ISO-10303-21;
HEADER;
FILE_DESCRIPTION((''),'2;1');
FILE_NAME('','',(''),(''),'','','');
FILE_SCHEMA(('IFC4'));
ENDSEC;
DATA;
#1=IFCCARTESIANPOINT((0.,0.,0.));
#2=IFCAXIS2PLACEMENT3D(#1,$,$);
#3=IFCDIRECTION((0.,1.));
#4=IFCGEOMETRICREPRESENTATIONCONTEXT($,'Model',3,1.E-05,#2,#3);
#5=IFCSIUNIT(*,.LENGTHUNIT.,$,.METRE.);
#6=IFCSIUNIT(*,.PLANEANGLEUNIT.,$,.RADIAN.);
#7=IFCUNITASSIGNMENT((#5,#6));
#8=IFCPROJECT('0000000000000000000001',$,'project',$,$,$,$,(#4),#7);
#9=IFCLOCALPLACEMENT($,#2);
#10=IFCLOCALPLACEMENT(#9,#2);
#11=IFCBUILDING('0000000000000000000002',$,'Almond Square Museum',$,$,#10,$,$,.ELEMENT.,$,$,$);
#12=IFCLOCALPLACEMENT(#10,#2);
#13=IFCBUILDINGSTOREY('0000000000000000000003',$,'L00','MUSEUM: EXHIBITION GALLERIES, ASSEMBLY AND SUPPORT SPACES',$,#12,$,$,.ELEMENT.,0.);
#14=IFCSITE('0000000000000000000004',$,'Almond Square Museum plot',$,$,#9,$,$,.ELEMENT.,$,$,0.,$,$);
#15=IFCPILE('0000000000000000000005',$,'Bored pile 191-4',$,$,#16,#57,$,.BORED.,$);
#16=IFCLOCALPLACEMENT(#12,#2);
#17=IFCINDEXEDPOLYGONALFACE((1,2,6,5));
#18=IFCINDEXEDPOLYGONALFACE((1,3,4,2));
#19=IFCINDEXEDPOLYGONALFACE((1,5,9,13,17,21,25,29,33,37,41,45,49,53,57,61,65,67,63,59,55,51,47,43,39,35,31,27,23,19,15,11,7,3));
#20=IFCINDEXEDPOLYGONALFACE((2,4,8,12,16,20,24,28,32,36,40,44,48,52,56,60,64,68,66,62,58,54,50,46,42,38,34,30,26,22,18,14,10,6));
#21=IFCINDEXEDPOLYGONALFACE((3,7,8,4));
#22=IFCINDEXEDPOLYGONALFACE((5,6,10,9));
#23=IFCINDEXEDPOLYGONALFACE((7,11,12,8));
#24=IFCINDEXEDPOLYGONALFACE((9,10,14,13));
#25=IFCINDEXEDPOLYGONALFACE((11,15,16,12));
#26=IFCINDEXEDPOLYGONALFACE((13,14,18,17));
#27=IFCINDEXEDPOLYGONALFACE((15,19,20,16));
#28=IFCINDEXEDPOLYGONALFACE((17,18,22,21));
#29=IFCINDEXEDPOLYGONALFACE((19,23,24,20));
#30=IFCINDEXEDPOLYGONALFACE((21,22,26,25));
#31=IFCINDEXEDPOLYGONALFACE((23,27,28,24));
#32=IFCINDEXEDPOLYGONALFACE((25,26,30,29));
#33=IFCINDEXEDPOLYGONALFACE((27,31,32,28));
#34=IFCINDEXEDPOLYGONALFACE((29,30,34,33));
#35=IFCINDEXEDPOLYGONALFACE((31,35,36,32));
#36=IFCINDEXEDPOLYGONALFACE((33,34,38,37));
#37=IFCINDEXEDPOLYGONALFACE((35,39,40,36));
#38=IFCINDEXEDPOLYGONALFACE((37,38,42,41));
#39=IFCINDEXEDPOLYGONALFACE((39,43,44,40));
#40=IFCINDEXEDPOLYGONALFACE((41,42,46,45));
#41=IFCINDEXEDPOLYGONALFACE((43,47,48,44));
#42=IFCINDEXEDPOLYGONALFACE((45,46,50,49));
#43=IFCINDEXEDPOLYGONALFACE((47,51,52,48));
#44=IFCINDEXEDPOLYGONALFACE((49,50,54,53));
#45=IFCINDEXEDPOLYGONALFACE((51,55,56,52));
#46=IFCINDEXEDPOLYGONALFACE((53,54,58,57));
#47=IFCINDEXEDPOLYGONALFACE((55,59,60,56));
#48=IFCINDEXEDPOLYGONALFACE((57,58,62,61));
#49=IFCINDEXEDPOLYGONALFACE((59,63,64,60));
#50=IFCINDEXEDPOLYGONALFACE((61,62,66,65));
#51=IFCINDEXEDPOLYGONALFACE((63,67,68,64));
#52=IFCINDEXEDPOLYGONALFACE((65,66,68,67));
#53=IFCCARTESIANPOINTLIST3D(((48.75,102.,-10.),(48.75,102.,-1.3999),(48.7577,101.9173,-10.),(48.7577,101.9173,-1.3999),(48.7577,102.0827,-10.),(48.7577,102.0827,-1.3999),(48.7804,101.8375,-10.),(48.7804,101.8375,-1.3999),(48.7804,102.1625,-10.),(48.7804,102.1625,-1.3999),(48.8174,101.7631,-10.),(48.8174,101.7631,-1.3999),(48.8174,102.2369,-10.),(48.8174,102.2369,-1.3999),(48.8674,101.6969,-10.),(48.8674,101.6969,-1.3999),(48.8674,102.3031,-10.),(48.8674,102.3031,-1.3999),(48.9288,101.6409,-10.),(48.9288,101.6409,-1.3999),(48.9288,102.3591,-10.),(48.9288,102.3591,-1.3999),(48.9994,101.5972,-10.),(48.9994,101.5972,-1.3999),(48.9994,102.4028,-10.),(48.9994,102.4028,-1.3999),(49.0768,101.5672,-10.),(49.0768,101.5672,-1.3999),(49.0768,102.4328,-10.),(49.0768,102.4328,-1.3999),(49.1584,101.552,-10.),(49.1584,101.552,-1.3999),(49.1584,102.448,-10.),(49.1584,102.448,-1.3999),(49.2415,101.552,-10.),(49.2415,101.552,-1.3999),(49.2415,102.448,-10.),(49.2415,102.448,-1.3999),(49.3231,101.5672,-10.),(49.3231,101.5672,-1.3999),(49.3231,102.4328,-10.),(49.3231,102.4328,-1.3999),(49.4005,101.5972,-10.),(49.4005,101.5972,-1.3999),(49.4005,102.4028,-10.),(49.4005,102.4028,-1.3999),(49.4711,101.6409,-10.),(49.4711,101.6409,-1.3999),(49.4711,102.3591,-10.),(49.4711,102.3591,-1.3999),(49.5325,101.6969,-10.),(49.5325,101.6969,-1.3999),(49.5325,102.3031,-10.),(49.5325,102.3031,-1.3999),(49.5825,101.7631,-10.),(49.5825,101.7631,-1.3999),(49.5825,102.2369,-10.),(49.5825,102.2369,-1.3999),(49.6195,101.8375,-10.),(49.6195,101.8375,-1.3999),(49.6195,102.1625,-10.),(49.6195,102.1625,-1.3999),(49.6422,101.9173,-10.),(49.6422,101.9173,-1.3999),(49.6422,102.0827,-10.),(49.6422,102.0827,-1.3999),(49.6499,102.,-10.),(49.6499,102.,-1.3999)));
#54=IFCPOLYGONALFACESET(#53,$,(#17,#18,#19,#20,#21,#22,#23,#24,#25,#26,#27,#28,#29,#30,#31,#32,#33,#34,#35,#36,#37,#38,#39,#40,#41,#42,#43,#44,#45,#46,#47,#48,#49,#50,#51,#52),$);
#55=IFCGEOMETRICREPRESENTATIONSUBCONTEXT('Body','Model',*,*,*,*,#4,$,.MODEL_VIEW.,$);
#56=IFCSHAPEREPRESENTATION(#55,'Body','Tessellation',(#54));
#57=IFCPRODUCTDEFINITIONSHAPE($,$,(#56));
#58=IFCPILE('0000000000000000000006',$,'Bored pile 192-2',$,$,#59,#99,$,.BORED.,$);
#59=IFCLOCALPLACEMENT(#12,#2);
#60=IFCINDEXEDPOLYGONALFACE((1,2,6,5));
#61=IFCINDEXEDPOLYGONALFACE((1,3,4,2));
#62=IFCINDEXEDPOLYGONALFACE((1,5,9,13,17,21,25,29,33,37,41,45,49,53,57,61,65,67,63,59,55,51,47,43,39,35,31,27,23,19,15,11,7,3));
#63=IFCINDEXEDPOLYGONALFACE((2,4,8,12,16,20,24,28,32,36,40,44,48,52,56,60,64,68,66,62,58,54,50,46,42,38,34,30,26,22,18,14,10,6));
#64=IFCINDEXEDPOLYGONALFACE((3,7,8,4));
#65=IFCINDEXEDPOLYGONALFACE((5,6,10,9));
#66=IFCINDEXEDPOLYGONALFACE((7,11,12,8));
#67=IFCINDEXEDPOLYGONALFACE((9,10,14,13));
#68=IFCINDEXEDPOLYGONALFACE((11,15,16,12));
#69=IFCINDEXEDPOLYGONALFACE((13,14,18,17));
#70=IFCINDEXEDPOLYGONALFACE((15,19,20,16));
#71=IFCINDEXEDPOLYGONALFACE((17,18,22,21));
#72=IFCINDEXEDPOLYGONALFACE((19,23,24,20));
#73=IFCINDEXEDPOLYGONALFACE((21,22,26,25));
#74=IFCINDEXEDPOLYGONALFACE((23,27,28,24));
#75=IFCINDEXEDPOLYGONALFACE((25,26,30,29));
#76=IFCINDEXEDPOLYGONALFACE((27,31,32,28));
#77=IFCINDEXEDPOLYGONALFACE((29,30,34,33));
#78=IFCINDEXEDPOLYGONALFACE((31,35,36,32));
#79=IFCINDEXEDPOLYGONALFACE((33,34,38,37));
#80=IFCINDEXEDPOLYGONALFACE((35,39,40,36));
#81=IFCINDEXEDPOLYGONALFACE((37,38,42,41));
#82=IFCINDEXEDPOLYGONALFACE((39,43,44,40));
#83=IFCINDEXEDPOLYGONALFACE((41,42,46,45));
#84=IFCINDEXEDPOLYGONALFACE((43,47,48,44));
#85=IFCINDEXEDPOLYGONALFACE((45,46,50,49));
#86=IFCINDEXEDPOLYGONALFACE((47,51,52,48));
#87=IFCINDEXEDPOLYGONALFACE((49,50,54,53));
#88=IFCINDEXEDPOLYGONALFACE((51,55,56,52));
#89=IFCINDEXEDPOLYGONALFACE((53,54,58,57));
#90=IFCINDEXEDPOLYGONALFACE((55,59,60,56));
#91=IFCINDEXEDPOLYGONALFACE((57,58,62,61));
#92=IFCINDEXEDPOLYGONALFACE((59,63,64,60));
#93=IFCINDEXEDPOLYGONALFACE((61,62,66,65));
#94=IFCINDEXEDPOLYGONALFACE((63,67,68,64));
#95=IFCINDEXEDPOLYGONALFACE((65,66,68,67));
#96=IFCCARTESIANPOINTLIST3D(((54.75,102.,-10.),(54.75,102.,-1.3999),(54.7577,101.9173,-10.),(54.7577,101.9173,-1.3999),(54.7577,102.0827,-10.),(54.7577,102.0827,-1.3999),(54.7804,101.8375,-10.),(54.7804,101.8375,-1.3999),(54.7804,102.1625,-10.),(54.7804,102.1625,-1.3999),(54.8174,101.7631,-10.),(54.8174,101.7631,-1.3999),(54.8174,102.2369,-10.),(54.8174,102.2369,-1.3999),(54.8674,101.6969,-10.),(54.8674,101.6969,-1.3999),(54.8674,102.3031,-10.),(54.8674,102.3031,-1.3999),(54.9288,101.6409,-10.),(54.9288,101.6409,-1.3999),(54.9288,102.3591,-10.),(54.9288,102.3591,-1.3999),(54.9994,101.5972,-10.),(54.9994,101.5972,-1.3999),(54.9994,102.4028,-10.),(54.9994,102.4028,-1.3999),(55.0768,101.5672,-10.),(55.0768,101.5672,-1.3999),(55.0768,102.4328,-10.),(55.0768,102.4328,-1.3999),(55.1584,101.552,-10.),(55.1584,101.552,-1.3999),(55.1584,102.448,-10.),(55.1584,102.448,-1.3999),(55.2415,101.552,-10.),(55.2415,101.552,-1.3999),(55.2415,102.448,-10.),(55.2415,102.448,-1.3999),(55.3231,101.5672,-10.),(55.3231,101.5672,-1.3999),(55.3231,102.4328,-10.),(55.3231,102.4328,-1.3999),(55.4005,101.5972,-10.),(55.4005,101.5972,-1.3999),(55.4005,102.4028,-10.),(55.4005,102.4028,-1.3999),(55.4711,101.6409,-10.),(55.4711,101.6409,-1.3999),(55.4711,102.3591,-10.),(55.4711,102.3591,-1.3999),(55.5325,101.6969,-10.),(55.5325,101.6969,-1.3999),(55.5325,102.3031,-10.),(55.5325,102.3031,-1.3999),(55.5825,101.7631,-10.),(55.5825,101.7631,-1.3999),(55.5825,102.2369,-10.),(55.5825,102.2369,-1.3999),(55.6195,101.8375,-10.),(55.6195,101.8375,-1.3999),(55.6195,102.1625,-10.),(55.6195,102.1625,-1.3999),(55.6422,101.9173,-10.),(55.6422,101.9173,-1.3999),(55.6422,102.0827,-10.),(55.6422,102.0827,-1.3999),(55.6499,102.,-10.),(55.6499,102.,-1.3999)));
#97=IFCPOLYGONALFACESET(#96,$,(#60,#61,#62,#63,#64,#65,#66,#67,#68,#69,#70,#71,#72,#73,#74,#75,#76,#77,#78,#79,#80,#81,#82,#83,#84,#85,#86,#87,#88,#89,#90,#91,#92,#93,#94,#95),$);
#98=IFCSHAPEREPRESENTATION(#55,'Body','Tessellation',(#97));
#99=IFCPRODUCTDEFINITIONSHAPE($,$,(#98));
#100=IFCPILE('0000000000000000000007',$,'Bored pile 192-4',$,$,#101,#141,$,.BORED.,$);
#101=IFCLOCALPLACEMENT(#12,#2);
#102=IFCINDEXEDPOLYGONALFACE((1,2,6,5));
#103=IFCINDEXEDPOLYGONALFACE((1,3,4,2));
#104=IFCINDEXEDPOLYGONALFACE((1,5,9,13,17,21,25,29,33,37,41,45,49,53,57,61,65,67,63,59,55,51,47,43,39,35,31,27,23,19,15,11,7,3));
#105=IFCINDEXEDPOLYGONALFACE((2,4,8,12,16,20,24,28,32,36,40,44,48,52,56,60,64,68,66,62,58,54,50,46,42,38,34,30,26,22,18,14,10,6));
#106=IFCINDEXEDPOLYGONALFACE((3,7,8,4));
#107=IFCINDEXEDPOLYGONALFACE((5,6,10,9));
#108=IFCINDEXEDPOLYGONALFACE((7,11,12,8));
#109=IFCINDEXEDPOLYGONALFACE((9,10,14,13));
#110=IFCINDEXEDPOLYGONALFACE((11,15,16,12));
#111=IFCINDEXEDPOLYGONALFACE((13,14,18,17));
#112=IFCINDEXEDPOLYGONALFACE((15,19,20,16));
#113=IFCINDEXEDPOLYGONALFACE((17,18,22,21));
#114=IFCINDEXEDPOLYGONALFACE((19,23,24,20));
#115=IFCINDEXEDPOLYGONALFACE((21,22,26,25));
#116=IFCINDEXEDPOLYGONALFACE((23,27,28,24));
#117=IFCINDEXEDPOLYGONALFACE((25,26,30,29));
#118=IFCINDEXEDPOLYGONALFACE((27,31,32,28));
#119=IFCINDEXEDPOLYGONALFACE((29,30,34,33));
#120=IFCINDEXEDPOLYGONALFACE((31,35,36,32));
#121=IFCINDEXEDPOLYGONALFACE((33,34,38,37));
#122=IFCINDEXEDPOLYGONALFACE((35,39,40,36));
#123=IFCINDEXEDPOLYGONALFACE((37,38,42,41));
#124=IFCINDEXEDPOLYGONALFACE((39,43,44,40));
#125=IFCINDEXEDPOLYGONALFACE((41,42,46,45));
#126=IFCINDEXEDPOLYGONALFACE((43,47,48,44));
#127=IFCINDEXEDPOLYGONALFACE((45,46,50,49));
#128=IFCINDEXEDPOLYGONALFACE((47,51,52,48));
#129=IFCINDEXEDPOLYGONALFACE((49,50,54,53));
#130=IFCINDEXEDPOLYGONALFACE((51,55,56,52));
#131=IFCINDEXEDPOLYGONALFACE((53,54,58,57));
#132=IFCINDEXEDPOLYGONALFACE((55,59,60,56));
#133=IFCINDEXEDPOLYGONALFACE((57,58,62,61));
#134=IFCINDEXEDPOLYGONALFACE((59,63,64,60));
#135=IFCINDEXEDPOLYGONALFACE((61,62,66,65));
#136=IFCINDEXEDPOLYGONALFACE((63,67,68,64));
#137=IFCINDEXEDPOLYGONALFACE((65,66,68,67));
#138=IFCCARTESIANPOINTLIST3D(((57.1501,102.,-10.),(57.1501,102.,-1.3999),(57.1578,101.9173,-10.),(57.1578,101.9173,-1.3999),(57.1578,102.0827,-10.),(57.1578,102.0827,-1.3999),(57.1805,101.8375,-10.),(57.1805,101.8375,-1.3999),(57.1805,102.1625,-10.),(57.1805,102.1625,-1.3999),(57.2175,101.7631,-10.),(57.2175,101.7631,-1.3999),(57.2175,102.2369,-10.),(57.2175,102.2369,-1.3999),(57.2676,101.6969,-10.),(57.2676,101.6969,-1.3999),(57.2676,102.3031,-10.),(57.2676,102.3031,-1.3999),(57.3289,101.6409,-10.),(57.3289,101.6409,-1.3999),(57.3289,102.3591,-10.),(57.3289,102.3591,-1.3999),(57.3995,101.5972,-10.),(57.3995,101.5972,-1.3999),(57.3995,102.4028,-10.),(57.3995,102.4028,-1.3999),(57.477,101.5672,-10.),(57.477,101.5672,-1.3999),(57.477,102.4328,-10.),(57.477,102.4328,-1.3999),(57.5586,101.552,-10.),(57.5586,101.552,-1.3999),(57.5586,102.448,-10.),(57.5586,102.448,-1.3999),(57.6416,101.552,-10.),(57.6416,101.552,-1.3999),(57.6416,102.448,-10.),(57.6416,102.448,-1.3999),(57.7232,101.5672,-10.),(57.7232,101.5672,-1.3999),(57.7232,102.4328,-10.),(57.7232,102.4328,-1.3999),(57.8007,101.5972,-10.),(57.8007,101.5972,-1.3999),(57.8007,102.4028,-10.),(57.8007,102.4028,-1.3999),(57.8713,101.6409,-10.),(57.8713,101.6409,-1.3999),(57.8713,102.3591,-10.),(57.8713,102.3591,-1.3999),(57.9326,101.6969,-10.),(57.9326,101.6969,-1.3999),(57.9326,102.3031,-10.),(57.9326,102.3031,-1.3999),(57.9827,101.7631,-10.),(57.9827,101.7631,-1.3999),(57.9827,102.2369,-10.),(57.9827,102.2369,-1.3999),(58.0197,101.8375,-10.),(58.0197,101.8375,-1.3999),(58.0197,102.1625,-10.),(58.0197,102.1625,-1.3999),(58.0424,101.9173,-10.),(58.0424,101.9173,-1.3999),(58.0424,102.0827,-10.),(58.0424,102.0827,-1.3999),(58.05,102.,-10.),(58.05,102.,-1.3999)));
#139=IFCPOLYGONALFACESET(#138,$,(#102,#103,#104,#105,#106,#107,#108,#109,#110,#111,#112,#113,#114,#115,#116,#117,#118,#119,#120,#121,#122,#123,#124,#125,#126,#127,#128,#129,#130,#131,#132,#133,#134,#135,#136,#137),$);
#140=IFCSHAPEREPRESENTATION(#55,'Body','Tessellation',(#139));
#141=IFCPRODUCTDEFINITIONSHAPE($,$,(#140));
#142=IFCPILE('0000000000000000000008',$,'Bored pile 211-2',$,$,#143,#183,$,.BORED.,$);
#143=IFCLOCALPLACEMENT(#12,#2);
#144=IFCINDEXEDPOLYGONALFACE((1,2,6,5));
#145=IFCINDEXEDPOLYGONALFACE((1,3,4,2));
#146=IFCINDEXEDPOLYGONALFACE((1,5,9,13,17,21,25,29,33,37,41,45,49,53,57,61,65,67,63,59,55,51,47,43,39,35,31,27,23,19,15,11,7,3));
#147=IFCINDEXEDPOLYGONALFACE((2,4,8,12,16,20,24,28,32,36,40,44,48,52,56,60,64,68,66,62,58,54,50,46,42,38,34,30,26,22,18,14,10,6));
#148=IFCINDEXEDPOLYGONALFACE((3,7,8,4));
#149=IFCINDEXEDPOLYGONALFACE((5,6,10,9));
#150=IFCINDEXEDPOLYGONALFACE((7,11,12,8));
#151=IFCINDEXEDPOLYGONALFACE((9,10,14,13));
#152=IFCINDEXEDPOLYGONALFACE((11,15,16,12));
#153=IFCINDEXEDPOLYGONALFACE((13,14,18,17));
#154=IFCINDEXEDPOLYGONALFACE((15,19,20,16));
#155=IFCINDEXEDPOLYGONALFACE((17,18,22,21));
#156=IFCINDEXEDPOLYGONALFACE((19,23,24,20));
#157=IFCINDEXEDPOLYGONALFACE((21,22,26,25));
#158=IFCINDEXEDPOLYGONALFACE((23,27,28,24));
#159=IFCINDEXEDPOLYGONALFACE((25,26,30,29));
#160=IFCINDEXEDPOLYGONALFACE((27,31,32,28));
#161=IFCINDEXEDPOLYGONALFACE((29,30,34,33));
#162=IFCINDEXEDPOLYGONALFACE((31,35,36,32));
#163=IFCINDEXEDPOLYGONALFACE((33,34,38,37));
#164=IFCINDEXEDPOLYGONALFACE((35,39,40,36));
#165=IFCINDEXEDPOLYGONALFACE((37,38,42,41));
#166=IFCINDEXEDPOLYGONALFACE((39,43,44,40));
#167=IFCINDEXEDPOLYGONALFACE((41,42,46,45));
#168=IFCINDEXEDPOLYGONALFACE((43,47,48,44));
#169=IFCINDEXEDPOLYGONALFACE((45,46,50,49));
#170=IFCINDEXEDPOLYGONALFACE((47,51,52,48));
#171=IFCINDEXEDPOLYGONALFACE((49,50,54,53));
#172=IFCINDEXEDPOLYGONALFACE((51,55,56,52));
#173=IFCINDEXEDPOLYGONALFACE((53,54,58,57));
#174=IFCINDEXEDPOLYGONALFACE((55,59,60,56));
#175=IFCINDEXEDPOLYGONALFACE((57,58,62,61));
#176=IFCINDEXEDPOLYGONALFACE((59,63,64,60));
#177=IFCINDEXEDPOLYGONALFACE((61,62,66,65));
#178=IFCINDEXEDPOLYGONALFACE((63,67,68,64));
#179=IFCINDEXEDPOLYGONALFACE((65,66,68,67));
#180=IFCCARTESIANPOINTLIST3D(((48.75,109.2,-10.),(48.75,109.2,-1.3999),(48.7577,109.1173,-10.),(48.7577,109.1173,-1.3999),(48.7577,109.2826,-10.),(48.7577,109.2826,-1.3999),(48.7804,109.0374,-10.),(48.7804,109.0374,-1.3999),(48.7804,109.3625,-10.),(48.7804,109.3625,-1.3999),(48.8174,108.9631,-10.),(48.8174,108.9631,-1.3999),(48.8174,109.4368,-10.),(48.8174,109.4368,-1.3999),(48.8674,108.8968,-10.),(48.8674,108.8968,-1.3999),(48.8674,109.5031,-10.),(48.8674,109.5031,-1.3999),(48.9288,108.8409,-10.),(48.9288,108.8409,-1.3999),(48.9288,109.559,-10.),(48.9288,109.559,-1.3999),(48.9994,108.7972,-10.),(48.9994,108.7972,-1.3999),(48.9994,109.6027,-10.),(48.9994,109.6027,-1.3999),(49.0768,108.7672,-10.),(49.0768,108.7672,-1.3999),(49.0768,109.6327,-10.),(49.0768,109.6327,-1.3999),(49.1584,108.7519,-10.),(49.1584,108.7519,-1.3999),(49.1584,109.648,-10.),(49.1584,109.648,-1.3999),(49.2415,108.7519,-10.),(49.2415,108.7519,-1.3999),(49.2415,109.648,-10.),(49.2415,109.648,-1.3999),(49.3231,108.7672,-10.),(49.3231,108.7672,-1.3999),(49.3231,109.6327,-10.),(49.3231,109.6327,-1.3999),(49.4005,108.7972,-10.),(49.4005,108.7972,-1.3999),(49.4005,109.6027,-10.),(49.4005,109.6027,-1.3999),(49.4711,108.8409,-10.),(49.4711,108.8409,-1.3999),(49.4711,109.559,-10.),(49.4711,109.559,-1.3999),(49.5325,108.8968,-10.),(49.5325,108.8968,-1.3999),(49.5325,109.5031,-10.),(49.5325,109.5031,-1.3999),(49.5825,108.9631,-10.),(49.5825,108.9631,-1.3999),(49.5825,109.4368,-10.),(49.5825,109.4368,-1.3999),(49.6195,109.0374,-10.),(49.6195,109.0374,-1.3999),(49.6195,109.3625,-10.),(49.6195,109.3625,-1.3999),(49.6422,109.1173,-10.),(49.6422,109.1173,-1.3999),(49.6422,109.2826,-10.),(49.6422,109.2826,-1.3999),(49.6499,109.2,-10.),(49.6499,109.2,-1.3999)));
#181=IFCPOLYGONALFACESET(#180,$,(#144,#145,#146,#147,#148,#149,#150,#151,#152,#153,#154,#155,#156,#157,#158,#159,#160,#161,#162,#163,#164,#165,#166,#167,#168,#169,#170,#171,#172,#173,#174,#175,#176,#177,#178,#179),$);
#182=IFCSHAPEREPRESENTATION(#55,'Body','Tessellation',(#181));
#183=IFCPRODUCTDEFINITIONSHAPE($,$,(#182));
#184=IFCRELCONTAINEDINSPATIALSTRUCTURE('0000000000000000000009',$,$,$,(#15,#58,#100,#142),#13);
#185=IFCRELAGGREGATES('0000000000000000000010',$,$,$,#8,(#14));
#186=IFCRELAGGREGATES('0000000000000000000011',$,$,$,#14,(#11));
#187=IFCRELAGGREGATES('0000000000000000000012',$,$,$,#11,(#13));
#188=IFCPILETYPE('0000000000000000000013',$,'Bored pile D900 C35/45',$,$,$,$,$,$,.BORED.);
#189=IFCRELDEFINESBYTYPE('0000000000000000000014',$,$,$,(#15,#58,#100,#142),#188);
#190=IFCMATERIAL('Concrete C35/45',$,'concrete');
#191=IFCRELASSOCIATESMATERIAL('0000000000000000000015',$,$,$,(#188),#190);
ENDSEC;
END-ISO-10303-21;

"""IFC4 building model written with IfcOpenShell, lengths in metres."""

from ifc_helpers import new_model, si_unit, direction, frame, origin, origin_2d, place, context, subcontext, project, spatial, circle, extrude, material, material_profile, profile_set, type_object, element, save


model = new_model("IFC4")

# Units and contexts
model_context = context("Model", 3, precision=1e-05, world=origin(), true_north=direction((0.0, 1.0)))
body_context = subcontext(model_context, "Body", "Model", "MODEL_VIEW")
ifc_project = project(units=[si_unit("LENGTHUNIT", "METRE"), si_unit("PLANEANGLEUNIT", "RADIAN")], contexts=[model_context])

# Site, building, storey
site_placement = place(None, origin())
site = spatial("IfcSite", under=ifc_project, at=site_placement, Name="Almond Square Museum plot", CompositionType="ELEMENT", RefElevation=0.0)
building_placement = place(site_placement, origin())
building = spatial("IfcBuilding", under=site, at=building_placement, Name="Almond Square Museum", CompositionType="ELEMENT")
storey_placement = place(building_placement, origin())
storey = spatial("IfcBuildingStorey", under=building, at=storey_placement, Name="L00", Description="MUSEUM: EXHIBITION GALLERIES, ASSEMBLY AND SUPPORT SPACES", CompositionType="ELEMENT", Elevation=0.0)

# Piles
ifc_material_1 = material(Name="Concrete C35/45", Category="concrete")
ifc_material_profile_1 = material_profile(ifc_material_1, circle(Radius=0.45, at=origin_2d()))
ifc_profile_set_1 = profile_set([ifc_material_profile_1], Name="Concrete C35/45")
pile_type = type_object("IfcPileType", Name="Bored pile D900 C35/45", PredefinedType="BORED", material=ifc_profile_set_1)
for number, where, z_axis, x_axis, name in (
    (1, (49.2, 102.0, -1.3999), (0.0, 0.0, -1.0), (1.0, 0.0, 0.0), "Bored pile 191-4"),
    (2, (55.2, 102.0, -1.3999), (0.0, 0.0, -1.0), (1.0, 0.0, 0.0), "Bored pile 192-2"),
    (3, (57.6001, 102.0, -1.3999), (0.0, 0.0, -1.0), (1.0, 0.0, 0.0), "Bored pile 192-4"),
    (4, (49.2, 109.2, -1.3999), (0.0, 0.0, -1.0), (1.0, 0.0, 0.0), "Bored pile 211-2"),
):
    element("IfcPile", number, at=place(storey_placement, frame(where, z_axis=z_axis, x_axis=x_axis)), inside=storey, type_object=pile_type, Name=name, PredefinedType="BORED", context=body_context, shape_type="SweptSolid", body=[
        extrude(circle(Radius=0.45, at=origin_2d()), origin(), (0.0, 0.0, 1.0), 8.6001),
    ])

save(model, "model.ifc")
